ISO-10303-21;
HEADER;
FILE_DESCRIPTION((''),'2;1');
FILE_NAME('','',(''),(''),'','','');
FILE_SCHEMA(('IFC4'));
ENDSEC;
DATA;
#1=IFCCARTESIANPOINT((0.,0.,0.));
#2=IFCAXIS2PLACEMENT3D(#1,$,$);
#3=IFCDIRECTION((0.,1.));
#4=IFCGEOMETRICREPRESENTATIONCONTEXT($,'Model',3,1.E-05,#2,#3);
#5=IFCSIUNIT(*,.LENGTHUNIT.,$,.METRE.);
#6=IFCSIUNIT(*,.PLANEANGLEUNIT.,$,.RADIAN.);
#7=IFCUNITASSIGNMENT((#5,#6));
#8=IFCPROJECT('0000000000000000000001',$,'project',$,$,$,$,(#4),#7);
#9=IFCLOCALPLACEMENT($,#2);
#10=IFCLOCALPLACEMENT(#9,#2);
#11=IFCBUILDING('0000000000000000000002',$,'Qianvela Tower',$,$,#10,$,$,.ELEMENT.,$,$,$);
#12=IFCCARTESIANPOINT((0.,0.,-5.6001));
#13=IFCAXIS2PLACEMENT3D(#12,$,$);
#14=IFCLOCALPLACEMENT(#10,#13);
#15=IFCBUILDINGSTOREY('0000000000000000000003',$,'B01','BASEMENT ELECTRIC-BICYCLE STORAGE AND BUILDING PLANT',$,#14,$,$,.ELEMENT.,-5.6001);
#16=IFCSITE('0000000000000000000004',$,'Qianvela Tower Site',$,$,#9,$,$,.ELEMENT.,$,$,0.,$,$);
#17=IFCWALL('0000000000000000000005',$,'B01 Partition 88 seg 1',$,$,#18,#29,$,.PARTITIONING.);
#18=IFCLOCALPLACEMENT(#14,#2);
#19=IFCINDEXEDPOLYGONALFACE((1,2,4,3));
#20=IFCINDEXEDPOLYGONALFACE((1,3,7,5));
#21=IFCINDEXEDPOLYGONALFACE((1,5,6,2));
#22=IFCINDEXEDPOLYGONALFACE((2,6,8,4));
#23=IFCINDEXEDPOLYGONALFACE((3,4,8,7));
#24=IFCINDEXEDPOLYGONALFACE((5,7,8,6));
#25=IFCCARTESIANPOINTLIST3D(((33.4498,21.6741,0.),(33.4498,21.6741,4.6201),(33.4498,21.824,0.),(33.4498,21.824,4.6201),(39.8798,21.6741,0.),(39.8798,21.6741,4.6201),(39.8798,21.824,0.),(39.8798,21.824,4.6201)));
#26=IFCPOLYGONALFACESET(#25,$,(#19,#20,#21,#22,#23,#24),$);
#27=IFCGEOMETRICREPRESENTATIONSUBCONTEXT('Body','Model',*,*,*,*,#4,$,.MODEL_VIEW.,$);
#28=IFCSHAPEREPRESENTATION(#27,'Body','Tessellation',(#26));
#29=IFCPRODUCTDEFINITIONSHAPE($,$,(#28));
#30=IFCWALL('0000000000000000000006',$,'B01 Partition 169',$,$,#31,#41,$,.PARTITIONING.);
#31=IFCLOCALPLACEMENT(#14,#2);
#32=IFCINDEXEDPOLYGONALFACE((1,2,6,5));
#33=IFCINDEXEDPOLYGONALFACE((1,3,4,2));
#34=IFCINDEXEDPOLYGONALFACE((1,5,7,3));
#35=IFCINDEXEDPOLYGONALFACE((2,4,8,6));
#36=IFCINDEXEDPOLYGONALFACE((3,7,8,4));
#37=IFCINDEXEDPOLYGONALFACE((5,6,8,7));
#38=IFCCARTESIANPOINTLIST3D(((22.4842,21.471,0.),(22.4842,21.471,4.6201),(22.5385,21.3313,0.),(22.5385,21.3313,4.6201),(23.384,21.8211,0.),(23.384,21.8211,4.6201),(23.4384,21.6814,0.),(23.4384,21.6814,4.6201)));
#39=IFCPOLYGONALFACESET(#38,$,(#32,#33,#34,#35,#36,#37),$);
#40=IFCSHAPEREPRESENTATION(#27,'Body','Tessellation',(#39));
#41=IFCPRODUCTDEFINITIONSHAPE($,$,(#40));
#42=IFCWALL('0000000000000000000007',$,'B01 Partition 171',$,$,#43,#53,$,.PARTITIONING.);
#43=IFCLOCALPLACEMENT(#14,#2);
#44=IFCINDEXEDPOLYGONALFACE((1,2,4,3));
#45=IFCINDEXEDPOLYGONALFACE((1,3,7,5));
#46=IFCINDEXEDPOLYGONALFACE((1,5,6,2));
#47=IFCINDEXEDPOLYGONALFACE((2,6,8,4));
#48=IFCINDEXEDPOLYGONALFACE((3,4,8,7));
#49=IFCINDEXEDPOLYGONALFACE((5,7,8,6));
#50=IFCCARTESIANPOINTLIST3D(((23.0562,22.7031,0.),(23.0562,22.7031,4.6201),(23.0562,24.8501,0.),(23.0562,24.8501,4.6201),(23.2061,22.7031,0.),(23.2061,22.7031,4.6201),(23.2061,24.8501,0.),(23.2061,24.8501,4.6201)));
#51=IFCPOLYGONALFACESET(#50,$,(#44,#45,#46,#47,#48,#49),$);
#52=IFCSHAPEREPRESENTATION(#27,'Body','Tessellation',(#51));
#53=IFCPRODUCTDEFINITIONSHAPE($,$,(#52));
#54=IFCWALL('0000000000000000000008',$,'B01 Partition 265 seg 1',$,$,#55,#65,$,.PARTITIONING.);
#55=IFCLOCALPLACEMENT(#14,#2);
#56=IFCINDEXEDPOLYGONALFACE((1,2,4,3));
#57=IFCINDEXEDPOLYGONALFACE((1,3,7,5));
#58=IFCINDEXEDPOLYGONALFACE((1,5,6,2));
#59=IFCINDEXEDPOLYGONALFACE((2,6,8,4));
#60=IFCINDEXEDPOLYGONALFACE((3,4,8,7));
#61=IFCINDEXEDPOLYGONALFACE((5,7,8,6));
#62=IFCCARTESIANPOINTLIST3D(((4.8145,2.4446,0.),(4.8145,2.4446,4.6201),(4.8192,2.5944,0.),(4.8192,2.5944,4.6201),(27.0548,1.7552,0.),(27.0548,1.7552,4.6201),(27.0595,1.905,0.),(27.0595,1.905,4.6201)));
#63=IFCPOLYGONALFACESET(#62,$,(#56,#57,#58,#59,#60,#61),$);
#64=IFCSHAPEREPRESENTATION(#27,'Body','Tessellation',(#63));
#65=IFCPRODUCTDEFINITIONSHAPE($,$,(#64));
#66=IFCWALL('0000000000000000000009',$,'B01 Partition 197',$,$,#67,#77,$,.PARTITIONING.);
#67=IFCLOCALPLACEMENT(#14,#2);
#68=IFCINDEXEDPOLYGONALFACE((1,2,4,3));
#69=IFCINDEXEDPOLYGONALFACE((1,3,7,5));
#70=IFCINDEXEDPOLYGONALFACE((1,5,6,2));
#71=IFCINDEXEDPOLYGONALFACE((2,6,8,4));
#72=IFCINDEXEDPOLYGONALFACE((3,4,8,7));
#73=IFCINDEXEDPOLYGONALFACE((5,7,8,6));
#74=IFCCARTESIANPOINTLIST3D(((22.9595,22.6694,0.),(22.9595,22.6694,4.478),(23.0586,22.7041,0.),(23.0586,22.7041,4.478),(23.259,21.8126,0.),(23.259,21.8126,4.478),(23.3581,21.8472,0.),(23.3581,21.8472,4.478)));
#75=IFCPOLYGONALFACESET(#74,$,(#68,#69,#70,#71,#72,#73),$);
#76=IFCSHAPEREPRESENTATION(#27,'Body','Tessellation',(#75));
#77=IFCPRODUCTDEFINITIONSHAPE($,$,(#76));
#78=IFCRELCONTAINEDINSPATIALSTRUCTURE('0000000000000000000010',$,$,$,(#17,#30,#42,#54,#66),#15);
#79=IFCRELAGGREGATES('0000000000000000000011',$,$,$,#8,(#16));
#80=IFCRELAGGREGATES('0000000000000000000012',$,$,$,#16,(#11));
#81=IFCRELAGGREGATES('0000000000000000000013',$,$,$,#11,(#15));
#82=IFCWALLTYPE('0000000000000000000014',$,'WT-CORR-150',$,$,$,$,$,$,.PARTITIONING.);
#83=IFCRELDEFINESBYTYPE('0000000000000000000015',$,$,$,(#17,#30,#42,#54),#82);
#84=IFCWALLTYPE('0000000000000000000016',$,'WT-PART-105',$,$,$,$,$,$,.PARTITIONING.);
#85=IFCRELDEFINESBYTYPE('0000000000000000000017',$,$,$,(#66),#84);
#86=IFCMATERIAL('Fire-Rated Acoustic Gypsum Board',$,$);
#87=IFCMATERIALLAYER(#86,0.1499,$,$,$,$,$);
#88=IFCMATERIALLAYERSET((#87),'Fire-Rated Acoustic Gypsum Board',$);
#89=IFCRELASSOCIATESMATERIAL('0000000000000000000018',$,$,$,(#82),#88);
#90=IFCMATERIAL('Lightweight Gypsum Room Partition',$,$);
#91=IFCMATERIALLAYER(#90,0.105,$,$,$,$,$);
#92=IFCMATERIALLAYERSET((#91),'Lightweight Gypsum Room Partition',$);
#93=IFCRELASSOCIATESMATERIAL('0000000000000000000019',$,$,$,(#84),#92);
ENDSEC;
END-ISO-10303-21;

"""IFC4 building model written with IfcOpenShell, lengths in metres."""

from ifc_helpers import new_model, si_unit, direction, frame, frame_2d, origin, place, context, subcontext, project, spatial, rectangle, extrude, material, layer, layer_set, type_object, element, save


model = new_model("IFC4")

# Units and contexts
model_context = context("Model", 3, precision=1e-05, world=origin(), true_north=direction((0.0, 1.0)))
body_context = subcontext(model_context, "Body", "Model", "MODEL_VIEW")
ifc_project = project(units=[si_unit("LENGTHUNIT", "METRE"), si_unit("PLANEANGLEUNIT", "RADIAN")], contexts=[model_context])

# Site, building, storey
site_placement = place(None, origin())
site = spatial("IfcSite", under=ifc_project, at=site_placement, Name="Qianvela Tower Site", CompositionType="ELEMENT", RefElevation=0.0)
building_placement = place(site_placement, origin())
building = spatial("IfcBuilding", under=site, at=building_placement, Name="Qianvela Tower", CompositionType="ELEMENT")
storey_placement = place(building_placement, frame((0.0, 0.0, -5.6001)))
storey = spatial("IfcBuildingStorey", under=building, at=storey_placement, Name="B01", Description="BASEMENT ELECTRIC-BICYCLE STORAGE AND BUILDING PLANT", CompositionType="ELEMENT", Elevation=-5.6001)

# Shared definitions
ifc_material_1 = material(Name="Fire-Rated Acoustic Gypsum Board")
ifc_layer_1 = layer(ifc_material_1, 0.1499)
ifc_layer_set_1 = layer_set([ifc_layer_1], Name="Fire-Rated Acoustic Gypsum Board")
wall_type_1 = type_object("IfcWallType", Name="WT-CORR-150", PredefinedType="PARTITIONING", material=ifc_layer_set_1)

# Walls
wall_1_placement = place(storey_placement, frame((33.45, 21.749, 0.0), z_axis=(0.0, 0.0, 1.0), x_axis=(1.0, 0.0, 0.0)))
element("IfcWall", 1, at=wall_1_placement, inside=storey, type_object=wall_type_1, Name="B01 Partition 88 seg 1", PredefinedType="PARTITIONING", context=body_context, shape_type="SweptSolid", body=[
    extrude(rectangle(XDim=6.4299, YDim=0.1499, at=frame_2d((3.2148, 0.0))), origin(), (0.0, 0.0, 1.0), 4.6201),
])
wall_2_placement = place(storey_placement, frame((22.5112, 21.4011, 0.0), z_axis=(0.0, 0.0, 1.0), x_axis=(0.931957, 0.362568, 0.0)))
element("IfcWall", 2, at=wall_2_placement, inside=storey, type_object=wall_type_1, Name="B01 Partition 169", PredefinedType="PARTITIONING", context=body_context, shape_type="SweptSolid", body=[
    extrude(rectangle(XDim=0.9656, YDim=0.1499, at=frame_2d((0.4829, 0.0))), origin(), (0.0, 0.0, 1.0), 4.6201),
])
wall_3_placement = place(storey_placement, frame((23.1311, 22.7031, 0.0), z_axis=(0.0, 0.0, 1.0), x_axis=(0.0, 1.0, 0.0)))
element("IfcWall", 3, at=wall_3_placement, inside=storey, type_object=wall_type_1, Name="B01 Partition 171", PredefinedType="PARTITIONING", context=body_context, shape_type="SweptSolid", body=[
    extrude(rectangle(XDim=2.147, YDim=0.1499, at=frame_2d((1.0735, 0.0))), origin(), (0.0, 0.0, 1.0), 4.6201),
])
wall_4_placement = place(storey_placement, frame((27.0571, 1.8301, 0.0), z_axis=(0.0, 0.0, 1.0), x_axis=(-0.99952, 0.030985, 0.0)))
element("IfcWall", 4, at=wall_4_placement, inside=storey, type_object=wall_type_1, Name="B01 Partition 265 seg 1", PredefinedType="PARTITIONING", context=body_context, shape_type="SweptSolid", body=[
    extrude(rectangle(XDim=22.251, YDim=0.1499, at=frame_2d((11.1255, 0.0))), origin(), (0.0, 0.0, 1.0), 4.6201),
])
ifc_material_2 = material(Name="Lightweight Gypsum Room Partition")
ifc_layer_2 = layer(ifc_material_2, 0.105)
ifc_layer_set_2 = layer_set([ifc_layer_2], Name="Lightweight Gypsum Room Partition")
wall_type_2 = type_object("IfcWallType", Name="WT-PART-105", PredefinedType="PARTITIONING", material=ifc_layer_set_2)
wall_5_placement = place(storey_placement, frame((23.009, 22.6868, 0.0), z_axis=(0.0, 0.0, 1.0), x_axis=(0.329991, -0.943984, 0.0)))
element("IfcWall", 5, at=wall_5_placement, inside=storey, type_object=wall_type_2, Name="B01 Partition 197", PredefinedType="PARTITIONING", context=body_context, shape_type="SweptSolid", body=[
    extrude(rectangle(XDim=0.9077, YDim=0.105, at=frame_2d((0.4539, 0.0))), origin(), (0.0, 0.0, 1.0), 4.478),
])

save(model, "model.ifc")
